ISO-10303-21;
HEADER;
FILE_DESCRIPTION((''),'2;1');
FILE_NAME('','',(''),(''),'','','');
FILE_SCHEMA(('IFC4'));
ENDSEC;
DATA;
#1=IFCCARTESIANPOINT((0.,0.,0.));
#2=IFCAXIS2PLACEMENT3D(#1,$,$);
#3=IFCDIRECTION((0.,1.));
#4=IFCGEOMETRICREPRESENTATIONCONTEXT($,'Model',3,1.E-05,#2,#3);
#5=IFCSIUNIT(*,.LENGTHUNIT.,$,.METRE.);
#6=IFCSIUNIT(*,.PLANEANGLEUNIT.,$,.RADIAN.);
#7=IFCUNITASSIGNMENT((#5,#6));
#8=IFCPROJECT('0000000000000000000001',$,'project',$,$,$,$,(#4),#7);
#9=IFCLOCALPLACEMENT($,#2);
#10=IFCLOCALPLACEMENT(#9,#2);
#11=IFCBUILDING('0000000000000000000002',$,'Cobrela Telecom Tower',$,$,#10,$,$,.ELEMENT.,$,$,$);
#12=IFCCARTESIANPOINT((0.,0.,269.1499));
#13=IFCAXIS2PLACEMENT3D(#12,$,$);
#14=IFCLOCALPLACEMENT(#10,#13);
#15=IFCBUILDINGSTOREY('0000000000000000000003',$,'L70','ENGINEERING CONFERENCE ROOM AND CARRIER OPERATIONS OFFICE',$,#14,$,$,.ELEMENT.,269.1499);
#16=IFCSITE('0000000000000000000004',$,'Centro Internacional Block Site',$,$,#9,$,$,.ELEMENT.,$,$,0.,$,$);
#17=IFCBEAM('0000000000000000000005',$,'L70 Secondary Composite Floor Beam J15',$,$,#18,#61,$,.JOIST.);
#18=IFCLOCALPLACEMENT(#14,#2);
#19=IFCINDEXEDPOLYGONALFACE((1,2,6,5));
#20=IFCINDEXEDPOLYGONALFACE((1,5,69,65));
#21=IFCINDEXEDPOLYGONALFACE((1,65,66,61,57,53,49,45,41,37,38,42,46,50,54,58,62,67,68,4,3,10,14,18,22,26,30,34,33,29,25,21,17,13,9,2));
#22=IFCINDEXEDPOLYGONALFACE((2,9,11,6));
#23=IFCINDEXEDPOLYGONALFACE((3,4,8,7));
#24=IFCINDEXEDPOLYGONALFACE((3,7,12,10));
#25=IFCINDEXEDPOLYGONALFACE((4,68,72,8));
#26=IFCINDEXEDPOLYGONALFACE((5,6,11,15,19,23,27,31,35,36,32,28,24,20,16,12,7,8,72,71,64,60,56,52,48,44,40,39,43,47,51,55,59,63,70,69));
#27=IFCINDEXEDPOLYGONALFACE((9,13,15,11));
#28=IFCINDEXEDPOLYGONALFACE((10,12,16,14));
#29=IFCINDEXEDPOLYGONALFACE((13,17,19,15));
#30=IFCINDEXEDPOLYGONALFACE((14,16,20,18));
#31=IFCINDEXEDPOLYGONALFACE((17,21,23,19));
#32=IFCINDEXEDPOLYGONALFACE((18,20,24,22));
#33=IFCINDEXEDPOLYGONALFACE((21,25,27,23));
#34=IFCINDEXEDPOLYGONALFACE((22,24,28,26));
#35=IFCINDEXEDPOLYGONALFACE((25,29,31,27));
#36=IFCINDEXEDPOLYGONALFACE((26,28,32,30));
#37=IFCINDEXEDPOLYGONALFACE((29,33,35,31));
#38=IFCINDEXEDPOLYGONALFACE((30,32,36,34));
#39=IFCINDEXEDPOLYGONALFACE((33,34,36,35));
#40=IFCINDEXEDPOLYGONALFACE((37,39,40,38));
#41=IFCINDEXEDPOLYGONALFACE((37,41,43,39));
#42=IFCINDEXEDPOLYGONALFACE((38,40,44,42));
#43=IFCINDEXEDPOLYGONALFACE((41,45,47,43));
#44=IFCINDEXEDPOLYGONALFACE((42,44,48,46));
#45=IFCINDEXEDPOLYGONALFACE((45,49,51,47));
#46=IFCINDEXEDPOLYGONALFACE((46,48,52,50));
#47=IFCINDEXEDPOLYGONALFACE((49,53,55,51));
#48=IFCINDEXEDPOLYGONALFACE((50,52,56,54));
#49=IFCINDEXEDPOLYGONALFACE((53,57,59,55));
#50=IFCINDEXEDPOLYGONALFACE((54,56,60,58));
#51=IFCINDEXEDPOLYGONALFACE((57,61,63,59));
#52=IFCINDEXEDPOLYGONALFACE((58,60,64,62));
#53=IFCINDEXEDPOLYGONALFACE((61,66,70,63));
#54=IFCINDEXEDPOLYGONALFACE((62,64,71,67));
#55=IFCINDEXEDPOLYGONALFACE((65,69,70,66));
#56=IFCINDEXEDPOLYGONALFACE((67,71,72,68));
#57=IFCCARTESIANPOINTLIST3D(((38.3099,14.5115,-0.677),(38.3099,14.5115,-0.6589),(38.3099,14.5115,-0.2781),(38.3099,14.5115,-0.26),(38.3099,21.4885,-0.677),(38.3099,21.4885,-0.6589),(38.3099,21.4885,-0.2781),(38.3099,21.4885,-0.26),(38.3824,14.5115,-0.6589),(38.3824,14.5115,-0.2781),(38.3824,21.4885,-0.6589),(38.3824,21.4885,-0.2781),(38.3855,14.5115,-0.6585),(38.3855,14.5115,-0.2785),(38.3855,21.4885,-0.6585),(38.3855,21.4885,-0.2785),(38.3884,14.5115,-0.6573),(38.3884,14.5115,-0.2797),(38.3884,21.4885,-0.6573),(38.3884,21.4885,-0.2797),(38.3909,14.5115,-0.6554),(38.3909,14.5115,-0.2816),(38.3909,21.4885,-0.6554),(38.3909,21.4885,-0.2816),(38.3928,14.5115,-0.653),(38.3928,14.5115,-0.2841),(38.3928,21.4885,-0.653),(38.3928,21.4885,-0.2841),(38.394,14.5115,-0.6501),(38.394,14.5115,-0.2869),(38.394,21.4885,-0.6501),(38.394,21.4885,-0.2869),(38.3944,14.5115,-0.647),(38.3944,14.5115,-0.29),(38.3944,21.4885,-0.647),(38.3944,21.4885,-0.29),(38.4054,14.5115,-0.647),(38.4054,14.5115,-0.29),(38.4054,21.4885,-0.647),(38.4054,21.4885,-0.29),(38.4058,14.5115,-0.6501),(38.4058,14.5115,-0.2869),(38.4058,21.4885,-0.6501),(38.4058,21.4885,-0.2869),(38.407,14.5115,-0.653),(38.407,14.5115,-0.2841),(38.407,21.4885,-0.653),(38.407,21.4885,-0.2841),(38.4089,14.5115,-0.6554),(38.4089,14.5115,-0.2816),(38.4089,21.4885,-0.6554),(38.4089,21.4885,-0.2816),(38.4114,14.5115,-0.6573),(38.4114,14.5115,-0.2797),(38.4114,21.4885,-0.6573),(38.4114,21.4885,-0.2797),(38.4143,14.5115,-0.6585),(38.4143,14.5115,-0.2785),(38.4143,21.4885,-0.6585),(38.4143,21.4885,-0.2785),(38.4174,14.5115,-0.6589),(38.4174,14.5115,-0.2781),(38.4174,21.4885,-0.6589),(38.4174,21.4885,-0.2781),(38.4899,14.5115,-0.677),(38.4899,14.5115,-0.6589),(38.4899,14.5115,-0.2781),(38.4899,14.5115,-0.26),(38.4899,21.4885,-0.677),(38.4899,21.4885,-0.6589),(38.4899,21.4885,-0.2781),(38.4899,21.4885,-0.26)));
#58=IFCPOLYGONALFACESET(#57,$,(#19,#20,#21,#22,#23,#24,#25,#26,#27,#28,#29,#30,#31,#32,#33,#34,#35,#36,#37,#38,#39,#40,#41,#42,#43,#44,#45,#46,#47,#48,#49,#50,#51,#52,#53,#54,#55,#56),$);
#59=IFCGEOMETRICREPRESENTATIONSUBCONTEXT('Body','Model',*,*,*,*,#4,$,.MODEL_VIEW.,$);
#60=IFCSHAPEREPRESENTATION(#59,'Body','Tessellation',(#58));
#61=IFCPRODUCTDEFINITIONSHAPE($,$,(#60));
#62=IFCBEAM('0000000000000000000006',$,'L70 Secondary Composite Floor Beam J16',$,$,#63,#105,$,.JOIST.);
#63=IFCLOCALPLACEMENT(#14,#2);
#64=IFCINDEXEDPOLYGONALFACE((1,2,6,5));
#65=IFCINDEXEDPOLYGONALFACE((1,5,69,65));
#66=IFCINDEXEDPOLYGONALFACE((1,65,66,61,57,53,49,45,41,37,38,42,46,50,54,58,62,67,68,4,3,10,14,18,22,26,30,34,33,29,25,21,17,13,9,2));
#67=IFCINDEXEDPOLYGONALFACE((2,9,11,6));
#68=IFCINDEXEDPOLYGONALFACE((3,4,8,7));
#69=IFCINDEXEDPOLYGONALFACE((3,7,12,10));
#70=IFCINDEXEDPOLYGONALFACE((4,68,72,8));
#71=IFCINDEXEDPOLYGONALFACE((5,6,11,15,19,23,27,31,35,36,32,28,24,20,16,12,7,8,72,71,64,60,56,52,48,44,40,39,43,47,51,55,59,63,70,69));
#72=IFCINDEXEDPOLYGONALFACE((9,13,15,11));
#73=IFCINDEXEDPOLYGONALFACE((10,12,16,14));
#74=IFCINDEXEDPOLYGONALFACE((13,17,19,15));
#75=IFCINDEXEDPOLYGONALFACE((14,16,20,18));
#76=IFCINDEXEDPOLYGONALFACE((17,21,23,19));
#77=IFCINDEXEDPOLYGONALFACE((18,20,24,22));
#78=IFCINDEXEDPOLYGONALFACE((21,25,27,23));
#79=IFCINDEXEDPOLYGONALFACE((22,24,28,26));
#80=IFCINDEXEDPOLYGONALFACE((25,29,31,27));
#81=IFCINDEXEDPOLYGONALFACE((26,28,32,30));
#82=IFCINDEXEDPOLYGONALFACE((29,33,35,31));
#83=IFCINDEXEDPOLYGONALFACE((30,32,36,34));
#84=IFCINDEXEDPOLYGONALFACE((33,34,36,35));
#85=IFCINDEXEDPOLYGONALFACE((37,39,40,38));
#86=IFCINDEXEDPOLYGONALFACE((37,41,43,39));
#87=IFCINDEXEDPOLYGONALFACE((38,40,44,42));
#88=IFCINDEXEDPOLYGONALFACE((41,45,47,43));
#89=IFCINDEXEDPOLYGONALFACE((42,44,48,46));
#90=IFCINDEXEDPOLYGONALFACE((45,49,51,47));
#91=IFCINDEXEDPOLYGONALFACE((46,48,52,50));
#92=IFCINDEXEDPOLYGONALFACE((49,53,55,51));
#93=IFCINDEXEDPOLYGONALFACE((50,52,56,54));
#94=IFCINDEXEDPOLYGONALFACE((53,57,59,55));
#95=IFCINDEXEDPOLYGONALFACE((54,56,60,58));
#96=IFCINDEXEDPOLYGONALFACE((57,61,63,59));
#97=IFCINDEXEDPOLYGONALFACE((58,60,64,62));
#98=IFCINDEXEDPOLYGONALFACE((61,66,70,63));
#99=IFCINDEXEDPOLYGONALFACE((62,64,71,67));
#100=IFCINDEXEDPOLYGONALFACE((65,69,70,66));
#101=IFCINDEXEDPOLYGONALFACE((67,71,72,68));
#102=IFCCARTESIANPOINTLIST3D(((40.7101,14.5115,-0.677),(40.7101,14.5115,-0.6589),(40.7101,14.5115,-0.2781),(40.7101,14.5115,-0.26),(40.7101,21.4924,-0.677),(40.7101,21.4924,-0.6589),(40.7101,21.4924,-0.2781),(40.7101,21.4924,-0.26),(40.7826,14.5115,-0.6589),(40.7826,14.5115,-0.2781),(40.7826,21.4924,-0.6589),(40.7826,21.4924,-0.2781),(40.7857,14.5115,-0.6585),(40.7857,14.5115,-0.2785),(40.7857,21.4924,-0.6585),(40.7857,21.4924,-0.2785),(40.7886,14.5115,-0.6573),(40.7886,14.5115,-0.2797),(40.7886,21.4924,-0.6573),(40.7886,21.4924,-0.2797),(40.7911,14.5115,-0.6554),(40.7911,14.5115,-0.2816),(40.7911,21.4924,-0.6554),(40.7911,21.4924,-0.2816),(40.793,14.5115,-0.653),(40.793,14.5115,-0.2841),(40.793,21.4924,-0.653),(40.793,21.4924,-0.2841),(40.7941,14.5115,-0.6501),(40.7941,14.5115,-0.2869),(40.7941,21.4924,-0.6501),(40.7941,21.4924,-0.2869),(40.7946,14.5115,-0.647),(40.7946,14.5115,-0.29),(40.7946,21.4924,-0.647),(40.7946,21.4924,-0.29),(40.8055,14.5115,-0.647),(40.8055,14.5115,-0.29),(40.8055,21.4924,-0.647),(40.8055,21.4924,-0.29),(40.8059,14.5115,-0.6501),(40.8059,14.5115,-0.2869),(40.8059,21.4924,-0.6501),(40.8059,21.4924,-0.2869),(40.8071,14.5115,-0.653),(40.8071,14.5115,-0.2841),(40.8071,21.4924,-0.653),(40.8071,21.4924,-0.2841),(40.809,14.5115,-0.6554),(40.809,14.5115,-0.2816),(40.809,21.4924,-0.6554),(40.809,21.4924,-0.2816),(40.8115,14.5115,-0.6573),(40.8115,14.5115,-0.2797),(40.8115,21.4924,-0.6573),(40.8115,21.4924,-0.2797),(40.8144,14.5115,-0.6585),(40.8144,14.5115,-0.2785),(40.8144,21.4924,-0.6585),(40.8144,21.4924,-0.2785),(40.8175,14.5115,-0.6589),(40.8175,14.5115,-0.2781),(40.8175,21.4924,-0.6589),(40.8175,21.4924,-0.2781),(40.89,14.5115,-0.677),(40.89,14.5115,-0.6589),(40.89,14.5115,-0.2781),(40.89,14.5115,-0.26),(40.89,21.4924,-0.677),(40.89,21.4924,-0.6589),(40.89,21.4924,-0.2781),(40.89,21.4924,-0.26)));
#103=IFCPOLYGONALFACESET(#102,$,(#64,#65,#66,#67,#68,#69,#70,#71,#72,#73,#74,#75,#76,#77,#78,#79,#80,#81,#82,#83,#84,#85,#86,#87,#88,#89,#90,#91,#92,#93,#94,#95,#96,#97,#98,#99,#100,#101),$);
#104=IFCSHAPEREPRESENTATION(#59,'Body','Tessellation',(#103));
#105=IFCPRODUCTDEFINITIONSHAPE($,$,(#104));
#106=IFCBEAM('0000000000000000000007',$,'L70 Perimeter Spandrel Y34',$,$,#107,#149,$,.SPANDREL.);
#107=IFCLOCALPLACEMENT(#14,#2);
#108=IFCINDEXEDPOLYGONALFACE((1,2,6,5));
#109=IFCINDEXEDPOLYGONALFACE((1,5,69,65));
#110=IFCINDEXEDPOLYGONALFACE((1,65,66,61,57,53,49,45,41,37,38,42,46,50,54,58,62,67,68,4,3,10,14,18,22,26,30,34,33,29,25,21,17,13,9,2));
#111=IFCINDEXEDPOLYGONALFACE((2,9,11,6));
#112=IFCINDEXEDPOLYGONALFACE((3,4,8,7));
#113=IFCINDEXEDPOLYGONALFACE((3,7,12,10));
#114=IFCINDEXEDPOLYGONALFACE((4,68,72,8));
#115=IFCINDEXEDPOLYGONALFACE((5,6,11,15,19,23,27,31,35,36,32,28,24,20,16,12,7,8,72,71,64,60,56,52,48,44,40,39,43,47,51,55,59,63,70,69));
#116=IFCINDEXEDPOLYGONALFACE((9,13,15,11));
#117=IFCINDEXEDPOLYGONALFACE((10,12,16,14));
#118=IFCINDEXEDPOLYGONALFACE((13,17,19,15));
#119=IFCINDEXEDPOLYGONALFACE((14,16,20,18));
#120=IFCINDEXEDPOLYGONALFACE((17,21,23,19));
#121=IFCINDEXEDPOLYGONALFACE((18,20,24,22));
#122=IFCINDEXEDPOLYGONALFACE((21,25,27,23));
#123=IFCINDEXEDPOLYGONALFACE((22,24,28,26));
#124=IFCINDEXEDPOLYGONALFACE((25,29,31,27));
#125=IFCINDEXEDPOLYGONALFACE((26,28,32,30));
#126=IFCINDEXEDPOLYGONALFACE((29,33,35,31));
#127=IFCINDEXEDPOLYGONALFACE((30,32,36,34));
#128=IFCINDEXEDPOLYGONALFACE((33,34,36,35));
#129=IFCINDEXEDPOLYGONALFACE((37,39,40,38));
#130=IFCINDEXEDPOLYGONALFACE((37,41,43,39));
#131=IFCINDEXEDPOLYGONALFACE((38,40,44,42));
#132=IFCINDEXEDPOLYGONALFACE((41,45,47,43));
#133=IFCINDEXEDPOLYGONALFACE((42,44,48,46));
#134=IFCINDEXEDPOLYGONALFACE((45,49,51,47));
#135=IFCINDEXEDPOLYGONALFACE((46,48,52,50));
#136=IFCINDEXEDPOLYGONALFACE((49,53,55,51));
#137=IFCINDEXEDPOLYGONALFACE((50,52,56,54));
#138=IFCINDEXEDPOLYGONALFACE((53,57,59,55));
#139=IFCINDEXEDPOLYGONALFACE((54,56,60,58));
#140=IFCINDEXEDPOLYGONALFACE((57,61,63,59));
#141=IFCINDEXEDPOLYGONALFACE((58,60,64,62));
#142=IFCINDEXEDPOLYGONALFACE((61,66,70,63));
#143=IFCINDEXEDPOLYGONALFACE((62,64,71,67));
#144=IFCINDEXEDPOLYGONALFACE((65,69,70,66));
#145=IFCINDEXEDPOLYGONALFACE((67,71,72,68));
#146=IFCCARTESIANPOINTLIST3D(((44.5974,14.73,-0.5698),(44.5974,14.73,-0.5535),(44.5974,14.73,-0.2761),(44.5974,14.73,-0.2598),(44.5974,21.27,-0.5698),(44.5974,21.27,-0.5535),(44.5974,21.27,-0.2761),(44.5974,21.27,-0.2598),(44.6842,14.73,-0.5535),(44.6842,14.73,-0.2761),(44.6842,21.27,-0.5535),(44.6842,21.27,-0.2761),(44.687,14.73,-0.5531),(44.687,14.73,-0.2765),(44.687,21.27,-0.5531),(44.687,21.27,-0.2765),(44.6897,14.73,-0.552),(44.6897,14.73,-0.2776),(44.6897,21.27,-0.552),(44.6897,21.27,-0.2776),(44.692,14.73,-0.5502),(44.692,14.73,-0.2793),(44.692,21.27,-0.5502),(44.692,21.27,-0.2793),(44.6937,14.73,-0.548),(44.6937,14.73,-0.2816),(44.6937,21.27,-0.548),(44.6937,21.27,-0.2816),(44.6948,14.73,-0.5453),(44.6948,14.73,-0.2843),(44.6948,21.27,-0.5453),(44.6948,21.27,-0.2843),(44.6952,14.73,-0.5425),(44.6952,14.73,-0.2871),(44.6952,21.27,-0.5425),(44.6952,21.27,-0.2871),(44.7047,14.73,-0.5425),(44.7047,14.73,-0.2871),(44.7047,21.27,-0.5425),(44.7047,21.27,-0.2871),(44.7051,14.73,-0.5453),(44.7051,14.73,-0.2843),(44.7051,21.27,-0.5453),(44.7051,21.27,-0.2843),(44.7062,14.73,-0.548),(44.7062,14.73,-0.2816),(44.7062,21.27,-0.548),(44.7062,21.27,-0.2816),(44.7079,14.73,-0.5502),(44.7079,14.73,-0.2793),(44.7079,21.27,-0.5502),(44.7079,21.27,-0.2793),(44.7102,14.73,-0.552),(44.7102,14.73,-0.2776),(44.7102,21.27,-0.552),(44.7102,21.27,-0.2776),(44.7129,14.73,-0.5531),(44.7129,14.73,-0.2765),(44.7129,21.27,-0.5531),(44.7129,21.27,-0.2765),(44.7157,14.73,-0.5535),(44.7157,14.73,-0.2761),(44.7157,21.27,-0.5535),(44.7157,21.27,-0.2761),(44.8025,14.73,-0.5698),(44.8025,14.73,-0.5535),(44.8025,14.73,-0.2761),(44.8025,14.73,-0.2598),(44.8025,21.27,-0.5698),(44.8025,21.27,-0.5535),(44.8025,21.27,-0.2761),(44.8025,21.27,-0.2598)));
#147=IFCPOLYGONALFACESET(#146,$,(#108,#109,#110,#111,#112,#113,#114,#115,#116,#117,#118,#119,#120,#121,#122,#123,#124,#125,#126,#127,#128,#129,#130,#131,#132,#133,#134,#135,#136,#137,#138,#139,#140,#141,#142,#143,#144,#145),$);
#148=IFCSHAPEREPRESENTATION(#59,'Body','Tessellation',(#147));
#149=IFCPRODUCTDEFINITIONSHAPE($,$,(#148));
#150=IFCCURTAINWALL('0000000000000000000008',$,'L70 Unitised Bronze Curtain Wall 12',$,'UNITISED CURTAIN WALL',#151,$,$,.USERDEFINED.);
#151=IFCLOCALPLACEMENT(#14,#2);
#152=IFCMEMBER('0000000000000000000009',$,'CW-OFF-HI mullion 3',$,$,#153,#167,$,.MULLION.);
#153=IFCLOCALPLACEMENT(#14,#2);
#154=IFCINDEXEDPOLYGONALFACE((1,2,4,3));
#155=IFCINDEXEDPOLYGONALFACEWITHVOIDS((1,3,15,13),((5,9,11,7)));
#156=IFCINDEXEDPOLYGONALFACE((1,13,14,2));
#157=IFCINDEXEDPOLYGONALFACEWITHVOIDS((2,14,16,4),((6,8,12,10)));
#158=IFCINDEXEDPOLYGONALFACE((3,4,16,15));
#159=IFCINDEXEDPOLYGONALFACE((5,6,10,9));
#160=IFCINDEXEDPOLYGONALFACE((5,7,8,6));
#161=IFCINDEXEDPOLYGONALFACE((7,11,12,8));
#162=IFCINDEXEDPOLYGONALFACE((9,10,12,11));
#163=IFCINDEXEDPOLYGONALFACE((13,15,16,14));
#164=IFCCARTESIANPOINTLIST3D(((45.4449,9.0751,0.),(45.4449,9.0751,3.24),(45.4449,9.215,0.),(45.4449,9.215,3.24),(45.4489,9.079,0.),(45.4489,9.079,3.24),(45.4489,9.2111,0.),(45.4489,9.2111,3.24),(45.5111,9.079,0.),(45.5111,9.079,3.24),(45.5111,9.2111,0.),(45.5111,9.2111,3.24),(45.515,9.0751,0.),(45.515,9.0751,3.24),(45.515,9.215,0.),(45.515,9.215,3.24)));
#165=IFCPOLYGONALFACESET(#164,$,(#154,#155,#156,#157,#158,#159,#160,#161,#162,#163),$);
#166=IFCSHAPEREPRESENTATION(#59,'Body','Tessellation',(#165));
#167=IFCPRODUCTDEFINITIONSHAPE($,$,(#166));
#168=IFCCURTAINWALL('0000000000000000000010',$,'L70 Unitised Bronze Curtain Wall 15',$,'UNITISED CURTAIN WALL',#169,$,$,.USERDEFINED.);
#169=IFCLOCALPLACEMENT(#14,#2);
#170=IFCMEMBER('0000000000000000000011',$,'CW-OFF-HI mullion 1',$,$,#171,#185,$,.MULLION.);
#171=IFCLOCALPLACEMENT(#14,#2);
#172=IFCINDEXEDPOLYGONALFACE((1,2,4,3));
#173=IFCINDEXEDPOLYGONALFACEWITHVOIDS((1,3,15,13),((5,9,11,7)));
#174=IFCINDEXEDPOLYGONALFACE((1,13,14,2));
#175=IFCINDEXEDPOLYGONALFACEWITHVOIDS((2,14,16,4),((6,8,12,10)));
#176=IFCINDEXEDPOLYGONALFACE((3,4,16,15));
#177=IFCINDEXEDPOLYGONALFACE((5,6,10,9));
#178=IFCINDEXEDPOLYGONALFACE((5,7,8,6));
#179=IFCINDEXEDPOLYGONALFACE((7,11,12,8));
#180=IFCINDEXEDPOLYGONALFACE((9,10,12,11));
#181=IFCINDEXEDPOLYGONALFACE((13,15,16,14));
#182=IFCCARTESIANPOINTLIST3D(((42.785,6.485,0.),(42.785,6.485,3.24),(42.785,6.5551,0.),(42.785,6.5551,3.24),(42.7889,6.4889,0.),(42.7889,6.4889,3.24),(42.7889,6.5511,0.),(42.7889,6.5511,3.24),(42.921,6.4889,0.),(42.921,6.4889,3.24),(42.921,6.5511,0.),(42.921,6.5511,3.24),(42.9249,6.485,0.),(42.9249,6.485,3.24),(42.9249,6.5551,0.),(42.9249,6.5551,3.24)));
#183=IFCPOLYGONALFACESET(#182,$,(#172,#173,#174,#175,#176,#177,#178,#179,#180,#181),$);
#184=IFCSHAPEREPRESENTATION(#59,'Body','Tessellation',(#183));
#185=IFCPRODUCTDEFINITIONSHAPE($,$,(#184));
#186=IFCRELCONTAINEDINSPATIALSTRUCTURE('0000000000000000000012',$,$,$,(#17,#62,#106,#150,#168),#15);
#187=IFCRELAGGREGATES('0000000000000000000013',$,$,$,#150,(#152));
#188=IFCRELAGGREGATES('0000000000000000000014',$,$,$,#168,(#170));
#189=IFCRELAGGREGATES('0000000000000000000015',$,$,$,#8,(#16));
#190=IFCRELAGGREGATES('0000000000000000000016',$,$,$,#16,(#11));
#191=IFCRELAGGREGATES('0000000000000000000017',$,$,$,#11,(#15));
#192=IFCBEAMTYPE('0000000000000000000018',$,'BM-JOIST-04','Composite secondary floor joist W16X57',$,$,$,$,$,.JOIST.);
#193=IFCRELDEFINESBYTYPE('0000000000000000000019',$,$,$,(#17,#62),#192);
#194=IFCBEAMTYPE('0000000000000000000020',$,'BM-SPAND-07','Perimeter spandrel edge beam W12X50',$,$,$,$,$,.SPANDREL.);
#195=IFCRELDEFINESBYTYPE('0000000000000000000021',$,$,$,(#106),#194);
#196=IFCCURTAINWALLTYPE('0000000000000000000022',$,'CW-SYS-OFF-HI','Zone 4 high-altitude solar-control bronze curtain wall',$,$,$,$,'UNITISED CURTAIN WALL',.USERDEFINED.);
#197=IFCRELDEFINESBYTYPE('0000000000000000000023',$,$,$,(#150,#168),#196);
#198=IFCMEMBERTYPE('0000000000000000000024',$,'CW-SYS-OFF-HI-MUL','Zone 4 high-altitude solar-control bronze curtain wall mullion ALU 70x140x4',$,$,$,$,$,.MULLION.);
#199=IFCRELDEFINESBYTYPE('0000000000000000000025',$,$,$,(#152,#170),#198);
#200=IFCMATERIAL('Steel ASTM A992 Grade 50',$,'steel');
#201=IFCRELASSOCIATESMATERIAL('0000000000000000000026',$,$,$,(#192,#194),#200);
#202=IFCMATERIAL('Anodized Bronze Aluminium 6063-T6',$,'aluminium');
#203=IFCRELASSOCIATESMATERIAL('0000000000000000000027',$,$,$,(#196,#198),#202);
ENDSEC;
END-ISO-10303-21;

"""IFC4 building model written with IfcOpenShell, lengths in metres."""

from ifc_helpers import new_model, si_unit, direction, frame, origin, origin_2d, place, context, subcontext, project, spatial, hollow_rectangle, i_section, extrude, material, material_profile, profile_set, type_object, element, aggregate, save


model = new_model("IFC4")

# Units and contexts
model_context = context("Model", 3, precision=1e-05, world=origin(), true_north=direction((0.0, 1.0)))
body_context = subcontext(model_context, "Body", "Model", "MODEL_VIEW")
ifc_project = project(units=[si_unit("LENGTHUNIT", "METRE"), si_unit("PLANEANGLEUNIT", "RADIAN")], contexts=[model_context])

# Site, building, storey
site_placement = place(None, origin())
site = spatial("IfcSite", under=ifc_project, at=site_placement, Name="Centro Internacional Block Site", CompositionType="ELEMENT", RefElevation=0.0)
building_placement = place(site_placement, origin())
building = spatial("IfcBuilding", under=site, at=building_placement, Name="Cobrela Telecom Tower", CompositionType="ELEMENT")
storey_placement = place(building_placement, frame((0.0, 0.0, 269.1499)))
storey = spatial("IfcBuildingStorey", under=building, at=storey_placement, Name="L70", Description="ENGINEERING CONFERENCE ROOM AND CARRIER OPERATIONS OFFICE", CompositionType="ELEMENT", Elevation=269.1499)

# Shared definitions
ifc_material_1 = material(Name="Steel ASTM A992 Grade 50", Category="steel")

# Beams
ifc_material_profile_1 = material_profile(ifc_material_1, i_section(OverallWidth=0.1799, OverallDepth=0.417, WebThickness=0.011, FlangeThickness=0.0181, FilletRadius=0.012, at=origin_2d()), Name="W16X57")
ifc_profile_set_1 = profile_set([ifc_material_profile_1], Name="Steel ASTM A992 Grade 50")
beam_type_1 = type_object("IfcBeamType", Name="BM-JOIST-04", Description="Composite secondary floor joist W16X57", PredefinedType="JOIST", material=ifc_profile_set_1)
for number, where, z_axis, x_axis, name in (
    (1, (38.3999, 14.5115, -0.4685), (0.0, 1.0, 0.0), (-1.0, 0.0, 0.0), "L70 Secondary Composite Floor Beam J15"),
):
    element("IfcBeam", number, at=place(storey_placement, frame(where, z_axis=z_axis, x_axis=x_axis)), inside=storey, type_object=beam_type_1, Name=name, PredefinedType="JOIST", context=body_context, shape_type="SweptSolid", body=[
        extrude(i_section(OverallWidth=0.1799, OverallDepth=0.417, WebThickness=0.011, FlangeThickness=0.0181, FilletRadius=0.012, at=origin_2d()), origin(), (0.0, 0.0, 1.0), 6.9771),
    ])
beam_1_placement = place(storey_placement, frame((40.8, 14.5115, -0.4685), z_axis=(0.0, 1.0, 0.0), x_axis=(-1.0, 0.0, 0.0)))
element("IfcBeam", 2, at=beam_1_placement, inside=storey, type_object=beam_type_1, Name="L70 Secondary Composite Floor Beam J16", PredefinedType="JOIST", context=body_context, shape_type="SweptSolid", body=[
    extrude(i_section(OverallWidth=0.1799, OverallDepth=0.417, WebThickness=0.011, FlangeThickness=0.0181, FilletRadius=0.012, at=origin_2d()), origin(), (0.0, 0.0, 1.0), 6.981),
])
ifc_material_profile_2 = material_profile(ifc_material_1, i_section(OverallWidth=0.2051, OverallDepth=0.3101, WebThickness=0.0095, FlangeThickness=0.0164, FilletRadius=0.011, at=origin_2d()), Name="W12X50")
ifc_profile_set_2 = profile_set([ifc_material_profile_2], Name="Steel ASTM A992 Grade 50")
beam_type_2 = type_object("IfcBeamType", Name="BM-SPAND-07", Description="Perimeter spandrel edge beam W12X50", PredefinedType="SPANDREL", material=ifc_profile_set_2)
beam_2_placement = place(storey_placement, frame((44.7, 14.73, -0.4148), z_axis=(0.0, 1.0, 0.0), x_axis=(-1.0, 0.0, 0.0)))
element("IfcBeam", 3, at=beam_2_placement, inside=storey, type_object=beam_type_2, Name="L70 Perimeter Spandrel Y34", PredefinedType="SPANDREL", context=body_context, shape_type="SweptSolid", body=[
    extrude(i_section(OverallWidth=0.2051, OverallDepth=0.3101, WebThickness=0.0095, FlangeThickness=0.0164, FilletRadius=0.011, at=origin_2d()), origin(), (0.0, 0.0, 1.0), 6.54),
])

# Curtain wall, member
ifc_material_2 = material(Name="Anodized Bronze Aluminium 6063-T6", Category="aluminium")
curtain_wall_type = type_object("IfcCurtainWallType", Name="CW-SYS-OFF-HI", Description="Zone 4 high-altitude solar-control bronze curtain wall", ElementType="UNITISED CURTAIN WALL", PredefinedType="USERDEFINED", material=ifc_material_2)
curtain_wall_1_placement = place(storey_placement, origin())
curtain_wall_1 = element("IfcCurtainWall", 4, at=curtain_wall_1_placement, inside=storey, type_object=curtain_wall_type, Name="L70 Unitised Bronze Curtain Wall 12", ObjectType="UNITISED CURTAIN WALL", PredefinedType="USERDEFINED")
ifc_material_profile_3 = material_profile(ifc_material_2, hollow_rectangle(XDim=0.0701, YDim=0.1399, WallThickness=0.0039, at=origin_2d()), Name="ALU 70x140x4")
ifc_profile_set_3 = profile_set([ifc_material_profile_3], Name="Anodized Bronze Aluminium 6063-T6")
member_type_1 = type_object("IfcMemberType", Name="CW-SYS-OFF-HI-MUL", Description="Zone 4 high-altitude solar-control bronze curtain wall mullion ALU 70x140x4", PredefinedType="MULLION", material=ifc_profile_set_3)
member_1_placement = place(storey_placement, frame((45.48, 9.145, 0.0), z_axis=(0.0, 0.0, 1.0), x_axis=(1.0, 0.0, 0.0)))
member_1 = element("IfcMember", 5, at=member_1_placement, type_object=member_type_1, Name="CW-OFF-HI mullion 3", PredefinedType="MULLION", context=body_context, shape_type="SweptSolid", body=[
    extrude(hollow_rectangle(XDim=0.0701, YDim=0.1399, WallThickness=0.0039, at=origin_2d()), origin(), (0.0, 0.0, 1.0), 3.24),
])

# Curtain wall, member
curtain_wall_2_placement = place(storey_placement, origin())
curtain_wall_2 = element("IfcCurtainWall", 6, at=curtain_wall_2_placement, inside=storey, type_object=curtain_wall_type, Name="L70 Unitised Bronze Curtain Wall 15", ObjectType="UNITISED CURTAIN WALL", PredefinedType="USERDEFINED")
member_2_placement = place(storey_placement, frame((42.855, 6.52, 0.0), z_axis=(0.0, 0.0, 1.0), x_axis=(0.0, -1.0, 0.0)))
member_2 = element("IfcMember", 7, at=member_2_placement, type_object=member_type_1, Name="CW-OFF-HI mullion 1", PredefinedType="MULLION", context=body_context, shape_type="SweptSolid", body=[
    extrude(hollow_rectangle(XDim=0.0701, YDim=0.1399, WallThickness=0.0039, at=origin_2d()), origin(), (0.0, 0.0, 1.0), 3.24),
])

aggregate(curtain_wall_1, [member_1])
aggregate(curtain_wall_2, [member_2])

save(model, "model.ifc")
